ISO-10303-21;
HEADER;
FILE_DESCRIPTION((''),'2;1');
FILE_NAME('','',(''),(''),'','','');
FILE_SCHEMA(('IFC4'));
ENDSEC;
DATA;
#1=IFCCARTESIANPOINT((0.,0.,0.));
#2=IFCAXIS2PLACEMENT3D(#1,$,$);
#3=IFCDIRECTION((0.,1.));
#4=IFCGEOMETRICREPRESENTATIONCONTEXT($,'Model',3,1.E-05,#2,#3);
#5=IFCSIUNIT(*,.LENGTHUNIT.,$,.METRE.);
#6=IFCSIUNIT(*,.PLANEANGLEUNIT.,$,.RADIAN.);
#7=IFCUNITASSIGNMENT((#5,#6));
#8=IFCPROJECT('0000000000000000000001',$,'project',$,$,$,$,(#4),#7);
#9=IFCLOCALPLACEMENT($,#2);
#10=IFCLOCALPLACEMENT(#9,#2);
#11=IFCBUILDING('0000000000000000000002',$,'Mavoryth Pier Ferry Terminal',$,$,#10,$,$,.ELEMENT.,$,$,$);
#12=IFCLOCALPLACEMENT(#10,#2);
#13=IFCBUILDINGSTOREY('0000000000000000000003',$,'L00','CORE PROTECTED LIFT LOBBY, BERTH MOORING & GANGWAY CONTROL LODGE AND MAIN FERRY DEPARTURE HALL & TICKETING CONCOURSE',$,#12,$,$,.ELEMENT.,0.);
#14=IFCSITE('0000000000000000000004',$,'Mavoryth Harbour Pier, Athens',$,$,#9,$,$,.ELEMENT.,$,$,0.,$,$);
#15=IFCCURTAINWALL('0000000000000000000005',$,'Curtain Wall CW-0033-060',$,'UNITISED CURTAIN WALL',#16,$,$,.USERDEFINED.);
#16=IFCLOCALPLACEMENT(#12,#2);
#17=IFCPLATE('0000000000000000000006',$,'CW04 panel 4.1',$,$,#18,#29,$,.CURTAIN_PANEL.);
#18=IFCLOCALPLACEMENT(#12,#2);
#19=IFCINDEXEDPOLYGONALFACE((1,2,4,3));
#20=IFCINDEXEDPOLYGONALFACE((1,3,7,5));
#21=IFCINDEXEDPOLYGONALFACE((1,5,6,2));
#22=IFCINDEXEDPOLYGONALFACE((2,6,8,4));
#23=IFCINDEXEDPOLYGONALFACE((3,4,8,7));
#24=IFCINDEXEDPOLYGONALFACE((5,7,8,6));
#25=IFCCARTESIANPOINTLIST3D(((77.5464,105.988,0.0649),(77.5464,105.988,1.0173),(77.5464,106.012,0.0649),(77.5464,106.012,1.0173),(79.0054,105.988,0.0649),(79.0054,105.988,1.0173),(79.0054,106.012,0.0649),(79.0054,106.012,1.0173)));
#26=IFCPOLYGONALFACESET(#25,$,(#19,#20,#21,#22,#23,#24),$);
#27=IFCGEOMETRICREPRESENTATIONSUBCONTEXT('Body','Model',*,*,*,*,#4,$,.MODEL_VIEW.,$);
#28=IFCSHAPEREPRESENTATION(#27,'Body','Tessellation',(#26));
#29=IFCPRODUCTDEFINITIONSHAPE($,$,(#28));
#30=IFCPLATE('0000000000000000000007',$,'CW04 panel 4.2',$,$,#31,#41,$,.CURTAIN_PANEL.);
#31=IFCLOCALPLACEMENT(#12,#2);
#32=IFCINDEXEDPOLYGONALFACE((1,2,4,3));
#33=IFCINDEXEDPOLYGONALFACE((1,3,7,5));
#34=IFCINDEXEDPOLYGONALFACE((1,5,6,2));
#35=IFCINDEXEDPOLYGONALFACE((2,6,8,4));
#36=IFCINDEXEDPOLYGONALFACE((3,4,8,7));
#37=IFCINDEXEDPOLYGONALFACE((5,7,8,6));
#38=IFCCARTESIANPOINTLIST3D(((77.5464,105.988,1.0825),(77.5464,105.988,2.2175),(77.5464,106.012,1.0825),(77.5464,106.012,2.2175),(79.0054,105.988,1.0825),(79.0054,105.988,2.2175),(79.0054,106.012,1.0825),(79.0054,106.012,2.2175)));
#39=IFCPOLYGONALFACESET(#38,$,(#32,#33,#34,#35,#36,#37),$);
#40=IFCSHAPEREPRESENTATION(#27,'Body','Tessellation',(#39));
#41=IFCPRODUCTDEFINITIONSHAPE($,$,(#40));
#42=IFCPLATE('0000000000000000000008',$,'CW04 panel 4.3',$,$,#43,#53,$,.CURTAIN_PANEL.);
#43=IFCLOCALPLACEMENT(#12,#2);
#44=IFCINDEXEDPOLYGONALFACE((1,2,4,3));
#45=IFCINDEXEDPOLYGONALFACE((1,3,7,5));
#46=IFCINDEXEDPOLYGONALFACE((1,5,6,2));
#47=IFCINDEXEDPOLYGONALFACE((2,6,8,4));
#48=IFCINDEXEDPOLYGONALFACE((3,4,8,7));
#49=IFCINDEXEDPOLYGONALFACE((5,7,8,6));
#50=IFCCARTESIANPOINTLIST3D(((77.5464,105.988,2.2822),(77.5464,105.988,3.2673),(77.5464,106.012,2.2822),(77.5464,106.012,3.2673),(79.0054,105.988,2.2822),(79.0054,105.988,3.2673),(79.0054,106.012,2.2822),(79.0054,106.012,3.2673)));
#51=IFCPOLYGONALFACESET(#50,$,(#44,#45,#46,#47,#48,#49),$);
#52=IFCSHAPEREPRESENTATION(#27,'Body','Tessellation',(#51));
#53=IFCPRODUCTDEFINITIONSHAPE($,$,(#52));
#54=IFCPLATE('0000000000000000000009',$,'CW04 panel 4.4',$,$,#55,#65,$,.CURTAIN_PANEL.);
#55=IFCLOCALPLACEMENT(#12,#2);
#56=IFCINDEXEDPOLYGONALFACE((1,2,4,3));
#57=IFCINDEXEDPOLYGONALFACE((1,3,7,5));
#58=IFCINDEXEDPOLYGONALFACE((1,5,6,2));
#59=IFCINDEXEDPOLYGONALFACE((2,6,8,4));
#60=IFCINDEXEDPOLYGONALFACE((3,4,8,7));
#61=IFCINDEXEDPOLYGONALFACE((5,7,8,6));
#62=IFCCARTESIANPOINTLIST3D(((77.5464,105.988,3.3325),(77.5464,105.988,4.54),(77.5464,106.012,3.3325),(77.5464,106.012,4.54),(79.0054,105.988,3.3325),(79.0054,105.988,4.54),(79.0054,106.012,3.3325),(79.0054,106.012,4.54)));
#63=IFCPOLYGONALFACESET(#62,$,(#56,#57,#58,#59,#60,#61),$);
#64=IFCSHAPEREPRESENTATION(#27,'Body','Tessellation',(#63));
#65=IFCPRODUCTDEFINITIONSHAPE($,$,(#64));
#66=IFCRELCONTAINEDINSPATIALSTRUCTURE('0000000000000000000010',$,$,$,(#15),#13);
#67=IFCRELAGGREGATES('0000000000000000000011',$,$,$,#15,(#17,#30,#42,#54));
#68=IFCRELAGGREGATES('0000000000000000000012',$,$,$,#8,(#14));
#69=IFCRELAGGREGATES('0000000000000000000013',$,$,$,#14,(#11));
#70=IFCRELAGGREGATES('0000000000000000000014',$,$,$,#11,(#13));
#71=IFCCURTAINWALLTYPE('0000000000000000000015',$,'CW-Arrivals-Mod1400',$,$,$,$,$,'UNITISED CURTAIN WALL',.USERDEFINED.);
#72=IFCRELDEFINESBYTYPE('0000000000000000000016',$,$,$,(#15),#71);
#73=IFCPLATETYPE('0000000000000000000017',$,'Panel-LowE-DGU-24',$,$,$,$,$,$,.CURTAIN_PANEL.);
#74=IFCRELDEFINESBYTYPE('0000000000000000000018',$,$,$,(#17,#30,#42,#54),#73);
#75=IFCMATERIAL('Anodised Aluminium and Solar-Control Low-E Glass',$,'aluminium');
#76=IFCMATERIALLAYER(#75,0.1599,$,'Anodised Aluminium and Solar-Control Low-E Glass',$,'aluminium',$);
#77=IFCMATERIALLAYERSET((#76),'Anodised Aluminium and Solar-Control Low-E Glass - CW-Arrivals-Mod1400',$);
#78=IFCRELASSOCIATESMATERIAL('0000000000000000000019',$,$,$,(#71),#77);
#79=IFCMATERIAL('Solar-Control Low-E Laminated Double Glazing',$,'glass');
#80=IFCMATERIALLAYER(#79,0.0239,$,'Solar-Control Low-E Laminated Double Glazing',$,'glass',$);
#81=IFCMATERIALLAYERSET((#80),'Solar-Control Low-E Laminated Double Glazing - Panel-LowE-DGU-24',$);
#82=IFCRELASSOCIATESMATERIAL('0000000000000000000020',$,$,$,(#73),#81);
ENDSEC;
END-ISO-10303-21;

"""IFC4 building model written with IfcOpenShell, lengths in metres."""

from ifc_helpers import new_model, si_unit, direction, frame, origin, origin_2d, place, context, subcontext, project, spatial, rectangle, extrude, material, layer, layer_set, type_object, element, aggregate, save


model = new_model("IFC4")

# Units and contexts
model_context = context("Model", 3, precision=1e-05, world=origin(), true_north=direction((0.0, 1.0)))
body_context = subcontext(model_context, "Body", "Model", "MODEL_VIEW")
ifc_project = project(units=[si_unit("LENGTHUNIT", "METRE"), si_unit("PLANEANGLEUNIT", "RADIAN")], contexts=[model_context])

# Site, building, storey
site_placement = place(None, origin())
site = spatial("IfcSite", under=ifc_project, at=site_placement, Name="Mavoryth Harbour Pier, Athens", CompositionType="ELEMENT", RefElevation=0.0)
building_placement = place(site_placement, origin())
building = spatial("IfcBuilding", under=site, at=building_placement, Name="Mavoryth Pier Ferry Terminal", CompositionType="ELEMENT")
storey_placement = place(building_placement, origin())
storey = spatial("IfcBuildingStorey", under=building, at=storey_placement, Name="L00", Description="CORE PROTECTED LIFT LOBBY, BERTH MOORING & GANGWAY CONTROL LODGE AND MAIN FERRY DEPARTURE HALL & TICKETING CONCOURSE", CompositionType="ELEMENT", Elevation=0.0)

# Curtain wall, plates
ifc_material_1 = material(Name="Anodised Aluminium and Solar-Control Low-E Glass", Category="aluminium")
ifc_layer_1 = layer(ifc_material_1, 0.1599, Name="Anodised Aluminium and Solar-Control Low-E Glass", Category="aluminium")
ifc_layer_set_1 = layer_set([ifc_layer_1], Name="Anodised Aluminium and Solar-Control Low-E Glass - CW-Arrivals-Mod1400")
curtain_wall_type = type_object("IfcCurtainWallType", Name="CW-Arrivals-Mod1400", ElementType="UNITISED CURTAIN WALL", PredefinedType="USERDEFINED", material=ifc_layer_set_1)
curtain_wall_placement = place(storey_placement, origin())
curtain_wall = element("IfcCurtainWall", 1, at=curtain_wall_placement, inside=storey, type_object=curtain_wall_type, Name="Curtain Wall CW-0033-060", ObjectType="UNITISED CURTAIN WALL", PredefinedType="USERDEFINED")
ifc_material_2 = material(Name="Solar-Control Low-E Laminated Double Glazing", Category="glass")
ifc_layer_2 = layer(ifc_material_2, 0.0239, Name="Solar-Control Low-E Laminated Double Glazing", Category="glass")
ifc_layer_set_2 = layer_set([ifc_layer_2], Name="Solar-Control Low-E Laminated Double Glazing - Panel-LowE-DGU-24")
plate_type = type_object("IfcPlateType", Name="Panel-LowE-DGU-24", PredefinedType="CURTAIN_PANEL", material=ifc_layer_set_2)
plate_1_placement = place(storey_placement, frame((78.2759, 106.0, 0.0649), z_axis=(0.0, 0.0, 1.0), x_axis=(-1.0, 0.0, 0.0)))
plate_1 = element("IfcPlate", 2, at=plate_1_placement, type_object=plate_type, Name="CW04 panel 4.1", PredefinedType="CURTAIN_PANEL", context=body_context, shape_type="SweptSolid", body=[
    extrude(rectangle(XDim=1.459, YDim=0.0239, at=origin_2d()), origin(), (0.0, 0.0, 1.0), 0.9524),
])
plate_2_placement = place(storey_placement, frame((78.2759, 106.0, 1.0825), z_axis=(0.0, 0.0, 1.0), x_axis=(-1.0, 0.0, 0.0)))
plate_2 = element("IfcPlate", 3, at=plate_2_placement, type_object=plate_type, Name="CW04 panel 4.2", PredefinedType="CURTAIN_PANEL", context=body_context, shape_type="SweptSolid", body=[
    extrude(rectangle(XDim=1.459, YDim=0.0239, at=origin_2d()), origin(), (0.0, 0.0, 1.0), 1.135),
])
plate_3_placement = place(storey_placement, frame((78.2759, 106.0, 2.2822), z_axis=(0.0, 0.0, 1.0), x_axis=(-1.0, 0.0, 0.0)))
plate_3 = element("IfcPlate", 4, at=plate_3_placement, type_object=plate_type, Name="CW04 panel 4.3", PredefinedType="CURTAIN_PANEL", context=body_context, shape_type="SweptSolid", body=[
    extrude(rectangle(XDim=1.459, YDim=0.0239, at=origin_2d()), origin(), (0.0, 0.0, 1.0), 0.9851),
])
plate_4_placement = place(storey_placement, frame((78.2759, 106.0, 3.3325), z_axis=(0.0, 0.0, 1.0), x_axis=(-1.0, 0.0, 0.0)))
plate_4 = element("IfcPlate", 5, at=plate_4_placement, type_object=plate_type, Name="CW04 panel 4.4", PredefinedType="CURTAIN_PANEL", context=body_context, shape_type="SweptSolid", body=[
    extrude(rectangle(XDim=1.459, YDim=0.0239, at=origin_2d()), origin(), (0.0, 0.0, 1.0), 1.2075),
])
aggregate(curtain_wall, [plate_1, plate_2, plate_3, plate_4])

save(model, "model.ifc")
